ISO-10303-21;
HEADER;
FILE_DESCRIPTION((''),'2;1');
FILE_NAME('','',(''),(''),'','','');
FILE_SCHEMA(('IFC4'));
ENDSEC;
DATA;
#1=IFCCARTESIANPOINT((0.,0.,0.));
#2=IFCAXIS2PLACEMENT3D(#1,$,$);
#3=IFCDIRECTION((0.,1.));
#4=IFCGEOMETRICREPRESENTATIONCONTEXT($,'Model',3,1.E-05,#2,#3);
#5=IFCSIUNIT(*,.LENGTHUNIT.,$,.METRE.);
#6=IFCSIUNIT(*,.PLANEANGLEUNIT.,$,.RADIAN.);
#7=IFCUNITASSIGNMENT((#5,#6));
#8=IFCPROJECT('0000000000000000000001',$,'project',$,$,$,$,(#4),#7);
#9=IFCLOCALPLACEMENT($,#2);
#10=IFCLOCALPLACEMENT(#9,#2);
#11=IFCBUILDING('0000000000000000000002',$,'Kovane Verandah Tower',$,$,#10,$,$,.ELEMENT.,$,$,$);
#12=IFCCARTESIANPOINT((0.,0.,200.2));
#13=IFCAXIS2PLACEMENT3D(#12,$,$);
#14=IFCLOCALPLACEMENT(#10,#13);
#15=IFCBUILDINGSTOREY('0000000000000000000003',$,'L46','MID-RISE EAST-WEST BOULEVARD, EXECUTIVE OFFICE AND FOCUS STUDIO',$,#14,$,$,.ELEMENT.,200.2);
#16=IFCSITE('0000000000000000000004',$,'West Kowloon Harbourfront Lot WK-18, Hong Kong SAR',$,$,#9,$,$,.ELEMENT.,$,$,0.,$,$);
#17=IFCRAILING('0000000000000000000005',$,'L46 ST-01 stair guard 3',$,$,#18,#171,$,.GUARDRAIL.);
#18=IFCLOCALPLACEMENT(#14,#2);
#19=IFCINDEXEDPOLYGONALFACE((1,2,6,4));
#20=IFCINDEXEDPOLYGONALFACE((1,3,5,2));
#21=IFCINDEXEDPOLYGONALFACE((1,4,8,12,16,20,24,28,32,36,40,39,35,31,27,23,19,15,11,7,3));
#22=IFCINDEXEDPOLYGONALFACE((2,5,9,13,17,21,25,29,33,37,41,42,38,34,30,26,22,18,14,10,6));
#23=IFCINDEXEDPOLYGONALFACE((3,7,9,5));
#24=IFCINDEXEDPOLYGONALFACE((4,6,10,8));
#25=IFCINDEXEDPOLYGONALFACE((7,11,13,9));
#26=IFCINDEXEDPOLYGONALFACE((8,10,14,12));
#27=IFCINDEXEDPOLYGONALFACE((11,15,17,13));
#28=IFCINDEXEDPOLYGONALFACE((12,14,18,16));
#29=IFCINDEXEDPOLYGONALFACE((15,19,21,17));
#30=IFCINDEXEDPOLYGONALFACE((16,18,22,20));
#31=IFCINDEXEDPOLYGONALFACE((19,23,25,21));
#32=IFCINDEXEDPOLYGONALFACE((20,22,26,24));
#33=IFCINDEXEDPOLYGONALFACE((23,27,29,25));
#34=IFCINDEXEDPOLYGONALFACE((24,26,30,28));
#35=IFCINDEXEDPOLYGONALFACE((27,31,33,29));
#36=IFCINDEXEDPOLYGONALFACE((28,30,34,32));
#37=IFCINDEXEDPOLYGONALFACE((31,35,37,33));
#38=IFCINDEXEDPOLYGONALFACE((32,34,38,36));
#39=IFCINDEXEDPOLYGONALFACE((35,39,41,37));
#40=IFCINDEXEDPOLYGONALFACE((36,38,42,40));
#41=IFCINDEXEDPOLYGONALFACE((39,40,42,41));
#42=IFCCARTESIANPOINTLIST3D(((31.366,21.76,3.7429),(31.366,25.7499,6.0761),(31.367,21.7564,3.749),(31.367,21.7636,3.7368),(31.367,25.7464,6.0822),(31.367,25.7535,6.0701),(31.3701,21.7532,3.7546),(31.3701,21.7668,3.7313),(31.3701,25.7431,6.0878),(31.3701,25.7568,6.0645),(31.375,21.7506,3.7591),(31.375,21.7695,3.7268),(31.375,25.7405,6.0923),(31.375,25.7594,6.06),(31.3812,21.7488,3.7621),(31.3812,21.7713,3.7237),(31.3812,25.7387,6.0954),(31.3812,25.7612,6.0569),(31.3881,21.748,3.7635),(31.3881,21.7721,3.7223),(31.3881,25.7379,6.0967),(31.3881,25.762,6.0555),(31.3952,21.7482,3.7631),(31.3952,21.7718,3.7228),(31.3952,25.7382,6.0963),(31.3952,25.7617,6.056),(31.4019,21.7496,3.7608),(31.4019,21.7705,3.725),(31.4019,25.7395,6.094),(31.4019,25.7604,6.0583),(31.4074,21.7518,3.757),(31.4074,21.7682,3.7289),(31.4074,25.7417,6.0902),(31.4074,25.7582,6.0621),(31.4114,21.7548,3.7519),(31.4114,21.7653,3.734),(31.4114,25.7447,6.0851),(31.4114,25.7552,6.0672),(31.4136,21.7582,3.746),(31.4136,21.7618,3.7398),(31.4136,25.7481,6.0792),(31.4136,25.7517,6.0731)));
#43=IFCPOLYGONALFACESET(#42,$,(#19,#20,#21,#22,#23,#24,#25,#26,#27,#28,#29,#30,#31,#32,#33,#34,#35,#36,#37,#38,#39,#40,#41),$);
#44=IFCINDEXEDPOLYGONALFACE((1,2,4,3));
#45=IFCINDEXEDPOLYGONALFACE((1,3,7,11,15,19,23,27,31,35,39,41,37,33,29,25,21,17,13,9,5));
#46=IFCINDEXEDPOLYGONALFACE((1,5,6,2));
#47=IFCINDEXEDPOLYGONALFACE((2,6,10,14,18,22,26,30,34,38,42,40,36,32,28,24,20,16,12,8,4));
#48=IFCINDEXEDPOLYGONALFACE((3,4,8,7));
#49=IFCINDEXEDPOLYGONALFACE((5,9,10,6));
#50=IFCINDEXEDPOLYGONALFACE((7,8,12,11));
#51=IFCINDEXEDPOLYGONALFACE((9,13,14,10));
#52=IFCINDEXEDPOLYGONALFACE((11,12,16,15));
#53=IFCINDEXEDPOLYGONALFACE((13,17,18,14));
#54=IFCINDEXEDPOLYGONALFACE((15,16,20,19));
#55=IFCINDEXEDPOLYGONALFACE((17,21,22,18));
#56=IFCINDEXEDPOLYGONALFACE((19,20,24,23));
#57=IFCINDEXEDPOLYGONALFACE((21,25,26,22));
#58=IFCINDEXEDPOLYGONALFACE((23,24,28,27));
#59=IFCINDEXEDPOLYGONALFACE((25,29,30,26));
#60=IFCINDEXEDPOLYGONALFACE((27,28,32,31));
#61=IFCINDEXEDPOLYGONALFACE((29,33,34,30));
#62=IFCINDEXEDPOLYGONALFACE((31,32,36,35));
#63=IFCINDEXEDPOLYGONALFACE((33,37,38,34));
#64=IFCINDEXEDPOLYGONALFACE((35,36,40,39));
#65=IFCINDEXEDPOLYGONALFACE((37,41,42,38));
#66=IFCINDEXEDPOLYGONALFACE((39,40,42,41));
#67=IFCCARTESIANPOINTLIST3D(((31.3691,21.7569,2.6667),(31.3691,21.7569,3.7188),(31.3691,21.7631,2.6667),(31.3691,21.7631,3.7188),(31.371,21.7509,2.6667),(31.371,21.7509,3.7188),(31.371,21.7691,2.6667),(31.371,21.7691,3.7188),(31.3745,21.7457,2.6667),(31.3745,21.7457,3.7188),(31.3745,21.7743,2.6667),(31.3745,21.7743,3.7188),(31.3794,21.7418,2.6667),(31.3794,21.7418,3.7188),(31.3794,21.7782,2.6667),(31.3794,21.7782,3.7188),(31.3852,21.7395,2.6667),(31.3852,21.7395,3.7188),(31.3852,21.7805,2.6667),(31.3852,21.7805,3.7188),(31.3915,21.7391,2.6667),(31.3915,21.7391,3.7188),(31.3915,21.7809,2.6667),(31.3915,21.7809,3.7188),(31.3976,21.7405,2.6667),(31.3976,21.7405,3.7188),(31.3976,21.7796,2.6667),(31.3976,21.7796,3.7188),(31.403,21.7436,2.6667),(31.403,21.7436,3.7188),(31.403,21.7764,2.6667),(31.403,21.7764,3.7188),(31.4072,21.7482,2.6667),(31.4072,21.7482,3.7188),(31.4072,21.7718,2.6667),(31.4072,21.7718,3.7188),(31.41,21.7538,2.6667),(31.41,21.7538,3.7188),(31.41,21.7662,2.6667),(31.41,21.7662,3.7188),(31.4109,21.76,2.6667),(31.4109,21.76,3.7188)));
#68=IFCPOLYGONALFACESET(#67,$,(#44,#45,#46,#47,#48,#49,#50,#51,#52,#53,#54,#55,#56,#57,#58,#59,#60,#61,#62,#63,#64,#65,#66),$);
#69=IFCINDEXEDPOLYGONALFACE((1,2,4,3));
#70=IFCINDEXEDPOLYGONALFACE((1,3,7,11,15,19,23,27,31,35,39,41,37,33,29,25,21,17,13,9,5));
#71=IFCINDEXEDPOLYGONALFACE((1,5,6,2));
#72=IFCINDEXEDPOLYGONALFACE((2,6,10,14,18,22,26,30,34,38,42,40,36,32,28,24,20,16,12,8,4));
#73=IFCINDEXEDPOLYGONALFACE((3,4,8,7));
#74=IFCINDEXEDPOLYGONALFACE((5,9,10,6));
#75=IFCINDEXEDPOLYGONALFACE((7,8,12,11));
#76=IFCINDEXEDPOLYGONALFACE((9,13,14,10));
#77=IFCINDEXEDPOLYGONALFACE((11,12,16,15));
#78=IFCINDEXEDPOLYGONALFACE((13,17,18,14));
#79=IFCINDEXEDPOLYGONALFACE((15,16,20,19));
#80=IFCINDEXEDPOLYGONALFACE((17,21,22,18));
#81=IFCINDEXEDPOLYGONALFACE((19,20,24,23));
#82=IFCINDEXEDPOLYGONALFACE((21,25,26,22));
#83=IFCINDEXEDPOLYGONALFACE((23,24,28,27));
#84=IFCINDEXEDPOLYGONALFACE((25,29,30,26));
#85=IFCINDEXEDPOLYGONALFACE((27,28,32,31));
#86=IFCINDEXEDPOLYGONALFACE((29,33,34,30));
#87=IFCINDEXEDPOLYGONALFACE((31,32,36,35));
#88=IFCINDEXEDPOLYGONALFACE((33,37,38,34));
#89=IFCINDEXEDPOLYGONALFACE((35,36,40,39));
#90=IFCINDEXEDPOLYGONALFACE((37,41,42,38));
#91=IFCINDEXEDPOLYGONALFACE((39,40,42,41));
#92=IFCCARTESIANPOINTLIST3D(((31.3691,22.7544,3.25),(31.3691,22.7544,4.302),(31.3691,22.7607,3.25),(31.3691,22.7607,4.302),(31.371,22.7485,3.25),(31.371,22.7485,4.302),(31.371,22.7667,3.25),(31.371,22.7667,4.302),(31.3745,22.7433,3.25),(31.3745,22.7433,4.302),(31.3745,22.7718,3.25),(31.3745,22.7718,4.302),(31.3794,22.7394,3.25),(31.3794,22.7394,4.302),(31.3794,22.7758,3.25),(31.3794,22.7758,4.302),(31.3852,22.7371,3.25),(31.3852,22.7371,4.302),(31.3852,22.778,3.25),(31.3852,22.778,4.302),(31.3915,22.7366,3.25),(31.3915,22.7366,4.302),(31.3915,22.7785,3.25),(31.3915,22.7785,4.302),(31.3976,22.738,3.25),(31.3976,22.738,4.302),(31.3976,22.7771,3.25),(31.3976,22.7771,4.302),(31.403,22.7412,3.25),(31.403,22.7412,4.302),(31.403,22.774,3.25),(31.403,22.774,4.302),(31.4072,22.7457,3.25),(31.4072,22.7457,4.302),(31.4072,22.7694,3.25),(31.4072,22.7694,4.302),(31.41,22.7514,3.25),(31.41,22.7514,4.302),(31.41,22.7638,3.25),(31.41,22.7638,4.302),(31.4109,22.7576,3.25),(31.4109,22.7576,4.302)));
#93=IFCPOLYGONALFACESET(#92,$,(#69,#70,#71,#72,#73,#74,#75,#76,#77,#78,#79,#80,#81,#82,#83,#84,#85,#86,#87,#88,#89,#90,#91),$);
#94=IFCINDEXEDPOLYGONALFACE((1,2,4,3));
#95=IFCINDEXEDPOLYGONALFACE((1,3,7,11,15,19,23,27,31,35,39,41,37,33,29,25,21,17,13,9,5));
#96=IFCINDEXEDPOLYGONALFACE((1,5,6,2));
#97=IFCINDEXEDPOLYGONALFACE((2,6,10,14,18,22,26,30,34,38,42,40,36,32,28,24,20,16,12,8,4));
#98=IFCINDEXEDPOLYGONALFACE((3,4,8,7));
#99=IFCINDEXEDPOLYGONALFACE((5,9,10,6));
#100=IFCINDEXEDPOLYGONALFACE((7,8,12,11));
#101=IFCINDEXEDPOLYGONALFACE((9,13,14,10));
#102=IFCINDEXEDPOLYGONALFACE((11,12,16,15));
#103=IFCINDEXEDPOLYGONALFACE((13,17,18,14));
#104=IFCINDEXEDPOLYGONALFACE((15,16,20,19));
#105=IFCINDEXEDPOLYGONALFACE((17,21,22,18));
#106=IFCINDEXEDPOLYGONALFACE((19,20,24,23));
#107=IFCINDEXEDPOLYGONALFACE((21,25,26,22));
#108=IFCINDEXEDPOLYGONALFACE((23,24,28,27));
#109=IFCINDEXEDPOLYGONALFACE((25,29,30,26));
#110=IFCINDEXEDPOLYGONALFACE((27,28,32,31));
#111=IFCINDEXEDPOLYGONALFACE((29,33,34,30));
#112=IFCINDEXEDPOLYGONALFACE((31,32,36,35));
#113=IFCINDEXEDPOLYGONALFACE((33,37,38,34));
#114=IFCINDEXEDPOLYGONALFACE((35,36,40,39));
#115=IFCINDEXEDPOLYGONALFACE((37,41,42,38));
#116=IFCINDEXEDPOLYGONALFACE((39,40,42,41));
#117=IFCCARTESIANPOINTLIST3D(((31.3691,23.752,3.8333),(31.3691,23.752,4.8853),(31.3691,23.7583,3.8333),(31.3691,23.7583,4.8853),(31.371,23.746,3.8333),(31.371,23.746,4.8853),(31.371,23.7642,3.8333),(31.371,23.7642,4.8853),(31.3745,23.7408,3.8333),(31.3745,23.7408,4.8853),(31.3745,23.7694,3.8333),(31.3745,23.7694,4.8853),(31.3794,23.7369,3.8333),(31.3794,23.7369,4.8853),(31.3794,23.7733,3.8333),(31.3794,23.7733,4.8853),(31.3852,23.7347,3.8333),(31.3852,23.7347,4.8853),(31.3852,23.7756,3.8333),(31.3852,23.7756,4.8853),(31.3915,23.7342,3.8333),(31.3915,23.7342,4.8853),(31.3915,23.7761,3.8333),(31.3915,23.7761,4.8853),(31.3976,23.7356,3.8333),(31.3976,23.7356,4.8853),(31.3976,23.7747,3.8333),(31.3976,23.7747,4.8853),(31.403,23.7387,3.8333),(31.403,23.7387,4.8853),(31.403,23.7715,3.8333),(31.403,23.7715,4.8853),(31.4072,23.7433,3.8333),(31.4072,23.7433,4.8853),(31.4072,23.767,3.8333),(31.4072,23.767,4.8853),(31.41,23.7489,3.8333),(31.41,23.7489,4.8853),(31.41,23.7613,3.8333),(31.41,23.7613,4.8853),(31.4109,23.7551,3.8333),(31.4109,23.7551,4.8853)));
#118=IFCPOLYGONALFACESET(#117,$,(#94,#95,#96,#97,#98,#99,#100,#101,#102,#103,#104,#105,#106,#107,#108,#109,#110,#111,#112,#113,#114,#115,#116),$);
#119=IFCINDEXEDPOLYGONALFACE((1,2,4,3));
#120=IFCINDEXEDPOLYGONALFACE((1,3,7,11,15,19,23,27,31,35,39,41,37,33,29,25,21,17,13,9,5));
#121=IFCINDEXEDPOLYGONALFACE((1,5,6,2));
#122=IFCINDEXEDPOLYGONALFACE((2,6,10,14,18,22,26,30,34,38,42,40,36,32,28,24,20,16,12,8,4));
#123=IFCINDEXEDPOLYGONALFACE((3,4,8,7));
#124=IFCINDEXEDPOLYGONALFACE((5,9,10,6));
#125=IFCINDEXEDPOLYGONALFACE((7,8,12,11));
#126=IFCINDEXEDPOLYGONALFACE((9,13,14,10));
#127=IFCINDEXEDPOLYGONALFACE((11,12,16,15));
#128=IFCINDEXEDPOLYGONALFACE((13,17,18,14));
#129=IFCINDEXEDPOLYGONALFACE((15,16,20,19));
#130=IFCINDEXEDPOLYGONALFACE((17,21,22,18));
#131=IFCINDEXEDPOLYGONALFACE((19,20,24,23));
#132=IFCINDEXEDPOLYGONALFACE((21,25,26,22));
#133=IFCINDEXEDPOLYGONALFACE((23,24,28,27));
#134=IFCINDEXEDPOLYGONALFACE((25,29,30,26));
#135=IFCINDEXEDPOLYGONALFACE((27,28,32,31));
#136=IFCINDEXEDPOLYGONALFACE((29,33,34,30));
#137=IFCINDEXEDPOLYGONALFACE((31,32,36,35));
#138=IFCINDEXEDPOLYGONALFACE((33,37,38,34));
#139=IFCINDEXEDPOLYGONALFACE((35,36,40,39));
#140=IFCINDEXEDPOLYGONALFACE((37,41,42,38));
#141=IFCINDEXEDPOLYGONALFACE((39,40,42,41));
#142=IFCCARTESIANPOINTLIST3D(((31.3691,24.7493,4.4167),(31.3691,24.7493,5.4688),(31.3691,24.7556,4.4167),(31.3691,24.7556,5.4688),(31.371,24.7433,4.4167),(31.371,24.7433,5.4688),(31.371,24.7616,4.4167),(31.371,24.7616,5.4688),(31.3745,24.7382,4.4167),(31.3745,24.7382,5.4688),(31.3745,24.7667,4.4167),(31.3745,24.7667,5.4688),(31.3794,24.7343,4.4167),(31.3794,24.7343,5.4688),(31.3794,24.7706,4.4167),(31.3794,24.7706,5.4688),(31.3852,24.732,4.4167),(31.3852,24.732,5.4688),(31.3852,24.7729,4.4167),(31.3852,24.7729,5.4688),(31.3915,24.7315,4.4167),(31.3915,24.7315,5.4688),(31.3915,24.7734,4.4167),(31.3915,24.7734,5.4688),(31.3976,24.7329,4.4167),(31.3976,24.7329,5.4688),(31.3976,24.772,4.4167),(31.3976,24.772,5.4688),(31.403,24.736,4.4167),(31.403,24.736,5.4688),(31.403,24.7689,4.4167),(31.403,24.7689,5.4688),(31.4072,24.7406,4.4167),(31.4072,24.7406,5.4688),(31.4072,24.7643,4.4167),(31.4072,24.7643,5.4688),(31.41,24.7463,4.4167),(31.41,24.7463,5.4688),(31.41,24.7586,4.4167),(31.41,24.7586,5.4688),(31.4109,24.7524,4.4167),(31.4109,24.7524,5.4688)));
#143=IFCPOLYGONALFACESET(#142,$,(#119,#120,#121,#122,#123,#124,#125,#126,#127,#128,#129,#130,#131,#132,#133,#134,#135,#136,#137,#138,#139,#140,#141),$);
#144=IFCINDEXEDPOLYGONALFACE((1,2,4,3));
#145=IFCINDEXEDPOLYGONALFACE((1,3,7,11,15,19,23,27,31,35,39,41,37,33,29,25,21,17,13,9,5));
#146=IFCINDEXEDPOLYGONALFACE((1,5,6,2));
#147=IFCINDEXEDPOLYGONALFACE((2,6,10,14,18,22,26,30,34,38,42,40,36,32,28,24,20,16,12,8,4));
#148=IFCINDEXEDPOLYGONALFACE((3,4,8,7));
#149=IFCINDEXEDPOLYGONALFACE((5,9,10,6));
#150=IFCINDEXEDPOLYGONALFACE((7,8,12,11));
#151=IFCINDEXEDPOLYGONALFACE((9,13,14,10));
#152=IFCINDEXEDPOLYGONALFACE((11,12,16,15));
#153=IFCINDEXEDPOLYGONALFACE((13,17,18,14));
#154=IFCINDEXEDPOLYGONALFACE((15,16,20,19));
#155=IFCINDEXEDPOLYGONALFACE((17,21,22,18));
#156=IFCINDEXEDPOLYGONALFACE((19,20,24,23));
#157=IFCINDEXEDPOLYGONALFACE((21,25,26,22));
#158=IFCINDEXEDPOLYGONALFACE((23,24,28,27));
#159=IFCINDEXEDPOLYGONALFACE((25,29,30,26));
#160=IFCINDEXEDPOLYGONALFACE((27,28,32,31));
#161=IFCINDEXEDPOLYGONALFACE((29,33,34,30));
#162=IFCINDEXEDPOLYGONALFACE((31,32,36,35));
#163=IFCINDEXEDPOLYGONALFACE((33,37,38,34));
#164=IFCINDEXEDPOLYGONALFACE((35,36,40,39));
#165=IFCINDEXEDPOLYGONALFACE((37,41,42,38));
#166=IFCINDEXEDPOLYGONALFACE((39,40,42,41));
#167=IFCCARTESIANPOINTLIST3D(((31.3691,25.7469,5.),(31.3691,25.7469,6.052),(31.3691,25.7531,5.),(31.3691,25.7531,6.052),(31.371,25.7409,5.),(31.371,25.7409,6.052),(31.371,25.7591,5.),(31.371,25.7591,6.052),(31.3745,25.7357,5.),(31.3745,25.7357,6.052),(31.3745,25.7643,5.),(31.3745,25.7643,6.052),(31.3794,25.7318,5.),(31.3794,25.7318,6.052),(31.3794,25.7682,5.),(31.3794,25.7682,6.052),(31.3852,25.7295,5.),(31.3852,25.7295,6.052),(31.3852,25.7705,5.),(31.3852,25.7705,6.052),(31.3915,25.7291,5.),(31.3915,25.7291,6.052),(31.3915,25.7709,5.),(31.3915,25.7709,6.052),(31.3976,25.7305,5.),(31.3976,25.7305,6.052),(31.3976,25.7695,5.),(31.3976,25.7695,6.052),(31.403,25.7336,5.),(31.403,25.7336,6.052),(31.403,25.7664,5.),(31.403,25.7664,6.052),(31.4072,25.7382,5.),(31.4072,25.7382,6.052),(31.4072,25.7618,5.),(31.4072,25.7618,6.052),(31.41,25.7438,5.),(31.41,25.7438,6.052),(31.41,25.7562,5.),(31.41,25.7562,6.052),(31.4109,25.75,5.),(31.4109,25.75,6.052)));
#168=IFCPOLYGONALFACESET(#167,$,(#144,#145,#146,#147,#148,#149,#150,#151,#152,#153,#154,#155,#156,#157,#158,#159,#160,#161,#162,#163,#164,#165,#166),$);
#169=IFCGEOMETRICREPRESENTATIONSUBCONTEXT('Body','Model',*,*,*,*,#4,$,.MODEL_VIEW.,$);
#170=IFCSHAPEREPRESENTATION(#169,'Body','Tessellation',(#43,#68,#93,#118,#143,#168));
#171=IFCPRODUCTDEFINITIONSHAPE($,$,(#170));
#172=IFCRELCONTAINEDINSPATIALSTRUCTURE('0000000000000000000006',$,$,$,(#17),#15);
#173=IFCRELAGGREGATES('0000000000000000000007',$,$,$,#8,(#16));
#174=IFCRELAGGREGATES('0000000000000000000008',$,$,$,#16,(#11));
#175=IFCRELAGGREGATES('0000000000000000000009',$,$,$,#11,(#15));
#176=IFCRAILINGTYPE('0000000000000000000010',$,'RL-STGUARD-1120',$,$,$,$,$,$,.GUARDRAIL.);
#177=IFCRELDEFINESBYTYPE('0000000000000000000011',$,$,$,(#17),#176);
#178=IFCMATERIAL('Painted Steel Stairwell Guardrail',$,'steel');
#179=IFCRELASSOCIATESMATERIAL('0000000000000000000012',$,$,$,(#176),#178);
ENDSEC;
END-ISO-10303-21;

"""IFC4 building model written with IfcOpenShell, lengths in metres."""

from ifc_helpers import new_model, si_unit, direction, frame, origin, origin_2d, place, context, subcontext, project, spatial, circle, extrude, material, type_object, element, save


model = new_model("IFC4")

# Units and contexts
model_context = context("Model", 3, precision=1e-05, world=origin(), true_north=direction((0.0, 1.0)))
body_context = subcontext(model_context, "Body", "Model", "MODEL_VIEW")
ifc_project = project(units=[si_unit("LENGTHUNIT", "METRE"), si_unit("PLANEANGLEUNIT", "RADIAN")], contexts=[model_context])

# Site, building, storey
site_placement = place(None, origin())
site = spatial("IfcSite", under=ifc_project, at=site_placement, Name="West Kowloon Harbourfront Lot WK-18, Hong Kong SAR", CompositionType="ELEMENT", RefElevation=0.0)
building_placement = place(site_placement, origin())
building = spatial("IfcBuilding", under=site, at=building_placement, Name="Kovane Verandah Tower", CompositionType="ELEMENT")
storey_placement = place(building_placement, frame((0.0, 0.0, 200.2)))
storey = spatial("IfcBuildingStorey", under=building, at=storey_placement, Name="L46", Description="MID-RISE EAST-WEST BOULEVARD, EXECUTIVE OFFICE AND FOCUS STUDIO", CompositionType="ELEMENT", Elevation=200.2)

# Railing
ifc_material_1 = material(Name="Painted Steel Stairwell Guardrail", Category="steel")
railing_type_1 = type_object("IfcRailingType", Name="RL-STGUARD-1120", PredefinedType="GUARDRAIL", material=ifc_material_1)
railing_1_placement = place(storey_placement, frame((31.3899, 21.76, 2.6667)))
element("IfcRailing", 1, at=railing_1_placement, inside=storey, type_object=railing_type_1, Name="L46 ST-01 stair guard 3", PredefinedType="GUARDRAIL", context=body_context, shape_type="SweptSolid", body=[
    extrude(circle(Radius=0.0239, at=origin_2d()), frame((0.0, 0.0, 1.0762), z_axis=(0.0, 0.863236, 0.5048), x_axis=(-1.0, 0.0, 0.0)), (0.0, 0.0, 1.0), 4.6221),
    extrude(circle(Radius=0.021, at=origin_2d()), origin(), (0.0, 0.0, 1.0), 1.052),
    extrude(circle(Radius=0.021, at=origin_2d()), frame((0.0, 0.9976, 0.5833)), (0.0, 0.0, 1.0), 1.052),
    extrude(circle(Radius=0.021, at=origin_2d()), frame((0.0, 1.9951, 1.1665)), (0.0, 0.0, 1.0), 1.052),
    extrude(circle(Radius=0.021, at=origin_2d()), frame((0.0, 2.9924, 1.75)), (0.0, 0.0, 1.0), 1.052),
    extrude(circle(Radius=0.021, at=origin_2d()), frame((0.0, 3.99, 2.3333)), (0.0, 0.0, 1.0), 1.052),
])

save(model, "model.ifc")
